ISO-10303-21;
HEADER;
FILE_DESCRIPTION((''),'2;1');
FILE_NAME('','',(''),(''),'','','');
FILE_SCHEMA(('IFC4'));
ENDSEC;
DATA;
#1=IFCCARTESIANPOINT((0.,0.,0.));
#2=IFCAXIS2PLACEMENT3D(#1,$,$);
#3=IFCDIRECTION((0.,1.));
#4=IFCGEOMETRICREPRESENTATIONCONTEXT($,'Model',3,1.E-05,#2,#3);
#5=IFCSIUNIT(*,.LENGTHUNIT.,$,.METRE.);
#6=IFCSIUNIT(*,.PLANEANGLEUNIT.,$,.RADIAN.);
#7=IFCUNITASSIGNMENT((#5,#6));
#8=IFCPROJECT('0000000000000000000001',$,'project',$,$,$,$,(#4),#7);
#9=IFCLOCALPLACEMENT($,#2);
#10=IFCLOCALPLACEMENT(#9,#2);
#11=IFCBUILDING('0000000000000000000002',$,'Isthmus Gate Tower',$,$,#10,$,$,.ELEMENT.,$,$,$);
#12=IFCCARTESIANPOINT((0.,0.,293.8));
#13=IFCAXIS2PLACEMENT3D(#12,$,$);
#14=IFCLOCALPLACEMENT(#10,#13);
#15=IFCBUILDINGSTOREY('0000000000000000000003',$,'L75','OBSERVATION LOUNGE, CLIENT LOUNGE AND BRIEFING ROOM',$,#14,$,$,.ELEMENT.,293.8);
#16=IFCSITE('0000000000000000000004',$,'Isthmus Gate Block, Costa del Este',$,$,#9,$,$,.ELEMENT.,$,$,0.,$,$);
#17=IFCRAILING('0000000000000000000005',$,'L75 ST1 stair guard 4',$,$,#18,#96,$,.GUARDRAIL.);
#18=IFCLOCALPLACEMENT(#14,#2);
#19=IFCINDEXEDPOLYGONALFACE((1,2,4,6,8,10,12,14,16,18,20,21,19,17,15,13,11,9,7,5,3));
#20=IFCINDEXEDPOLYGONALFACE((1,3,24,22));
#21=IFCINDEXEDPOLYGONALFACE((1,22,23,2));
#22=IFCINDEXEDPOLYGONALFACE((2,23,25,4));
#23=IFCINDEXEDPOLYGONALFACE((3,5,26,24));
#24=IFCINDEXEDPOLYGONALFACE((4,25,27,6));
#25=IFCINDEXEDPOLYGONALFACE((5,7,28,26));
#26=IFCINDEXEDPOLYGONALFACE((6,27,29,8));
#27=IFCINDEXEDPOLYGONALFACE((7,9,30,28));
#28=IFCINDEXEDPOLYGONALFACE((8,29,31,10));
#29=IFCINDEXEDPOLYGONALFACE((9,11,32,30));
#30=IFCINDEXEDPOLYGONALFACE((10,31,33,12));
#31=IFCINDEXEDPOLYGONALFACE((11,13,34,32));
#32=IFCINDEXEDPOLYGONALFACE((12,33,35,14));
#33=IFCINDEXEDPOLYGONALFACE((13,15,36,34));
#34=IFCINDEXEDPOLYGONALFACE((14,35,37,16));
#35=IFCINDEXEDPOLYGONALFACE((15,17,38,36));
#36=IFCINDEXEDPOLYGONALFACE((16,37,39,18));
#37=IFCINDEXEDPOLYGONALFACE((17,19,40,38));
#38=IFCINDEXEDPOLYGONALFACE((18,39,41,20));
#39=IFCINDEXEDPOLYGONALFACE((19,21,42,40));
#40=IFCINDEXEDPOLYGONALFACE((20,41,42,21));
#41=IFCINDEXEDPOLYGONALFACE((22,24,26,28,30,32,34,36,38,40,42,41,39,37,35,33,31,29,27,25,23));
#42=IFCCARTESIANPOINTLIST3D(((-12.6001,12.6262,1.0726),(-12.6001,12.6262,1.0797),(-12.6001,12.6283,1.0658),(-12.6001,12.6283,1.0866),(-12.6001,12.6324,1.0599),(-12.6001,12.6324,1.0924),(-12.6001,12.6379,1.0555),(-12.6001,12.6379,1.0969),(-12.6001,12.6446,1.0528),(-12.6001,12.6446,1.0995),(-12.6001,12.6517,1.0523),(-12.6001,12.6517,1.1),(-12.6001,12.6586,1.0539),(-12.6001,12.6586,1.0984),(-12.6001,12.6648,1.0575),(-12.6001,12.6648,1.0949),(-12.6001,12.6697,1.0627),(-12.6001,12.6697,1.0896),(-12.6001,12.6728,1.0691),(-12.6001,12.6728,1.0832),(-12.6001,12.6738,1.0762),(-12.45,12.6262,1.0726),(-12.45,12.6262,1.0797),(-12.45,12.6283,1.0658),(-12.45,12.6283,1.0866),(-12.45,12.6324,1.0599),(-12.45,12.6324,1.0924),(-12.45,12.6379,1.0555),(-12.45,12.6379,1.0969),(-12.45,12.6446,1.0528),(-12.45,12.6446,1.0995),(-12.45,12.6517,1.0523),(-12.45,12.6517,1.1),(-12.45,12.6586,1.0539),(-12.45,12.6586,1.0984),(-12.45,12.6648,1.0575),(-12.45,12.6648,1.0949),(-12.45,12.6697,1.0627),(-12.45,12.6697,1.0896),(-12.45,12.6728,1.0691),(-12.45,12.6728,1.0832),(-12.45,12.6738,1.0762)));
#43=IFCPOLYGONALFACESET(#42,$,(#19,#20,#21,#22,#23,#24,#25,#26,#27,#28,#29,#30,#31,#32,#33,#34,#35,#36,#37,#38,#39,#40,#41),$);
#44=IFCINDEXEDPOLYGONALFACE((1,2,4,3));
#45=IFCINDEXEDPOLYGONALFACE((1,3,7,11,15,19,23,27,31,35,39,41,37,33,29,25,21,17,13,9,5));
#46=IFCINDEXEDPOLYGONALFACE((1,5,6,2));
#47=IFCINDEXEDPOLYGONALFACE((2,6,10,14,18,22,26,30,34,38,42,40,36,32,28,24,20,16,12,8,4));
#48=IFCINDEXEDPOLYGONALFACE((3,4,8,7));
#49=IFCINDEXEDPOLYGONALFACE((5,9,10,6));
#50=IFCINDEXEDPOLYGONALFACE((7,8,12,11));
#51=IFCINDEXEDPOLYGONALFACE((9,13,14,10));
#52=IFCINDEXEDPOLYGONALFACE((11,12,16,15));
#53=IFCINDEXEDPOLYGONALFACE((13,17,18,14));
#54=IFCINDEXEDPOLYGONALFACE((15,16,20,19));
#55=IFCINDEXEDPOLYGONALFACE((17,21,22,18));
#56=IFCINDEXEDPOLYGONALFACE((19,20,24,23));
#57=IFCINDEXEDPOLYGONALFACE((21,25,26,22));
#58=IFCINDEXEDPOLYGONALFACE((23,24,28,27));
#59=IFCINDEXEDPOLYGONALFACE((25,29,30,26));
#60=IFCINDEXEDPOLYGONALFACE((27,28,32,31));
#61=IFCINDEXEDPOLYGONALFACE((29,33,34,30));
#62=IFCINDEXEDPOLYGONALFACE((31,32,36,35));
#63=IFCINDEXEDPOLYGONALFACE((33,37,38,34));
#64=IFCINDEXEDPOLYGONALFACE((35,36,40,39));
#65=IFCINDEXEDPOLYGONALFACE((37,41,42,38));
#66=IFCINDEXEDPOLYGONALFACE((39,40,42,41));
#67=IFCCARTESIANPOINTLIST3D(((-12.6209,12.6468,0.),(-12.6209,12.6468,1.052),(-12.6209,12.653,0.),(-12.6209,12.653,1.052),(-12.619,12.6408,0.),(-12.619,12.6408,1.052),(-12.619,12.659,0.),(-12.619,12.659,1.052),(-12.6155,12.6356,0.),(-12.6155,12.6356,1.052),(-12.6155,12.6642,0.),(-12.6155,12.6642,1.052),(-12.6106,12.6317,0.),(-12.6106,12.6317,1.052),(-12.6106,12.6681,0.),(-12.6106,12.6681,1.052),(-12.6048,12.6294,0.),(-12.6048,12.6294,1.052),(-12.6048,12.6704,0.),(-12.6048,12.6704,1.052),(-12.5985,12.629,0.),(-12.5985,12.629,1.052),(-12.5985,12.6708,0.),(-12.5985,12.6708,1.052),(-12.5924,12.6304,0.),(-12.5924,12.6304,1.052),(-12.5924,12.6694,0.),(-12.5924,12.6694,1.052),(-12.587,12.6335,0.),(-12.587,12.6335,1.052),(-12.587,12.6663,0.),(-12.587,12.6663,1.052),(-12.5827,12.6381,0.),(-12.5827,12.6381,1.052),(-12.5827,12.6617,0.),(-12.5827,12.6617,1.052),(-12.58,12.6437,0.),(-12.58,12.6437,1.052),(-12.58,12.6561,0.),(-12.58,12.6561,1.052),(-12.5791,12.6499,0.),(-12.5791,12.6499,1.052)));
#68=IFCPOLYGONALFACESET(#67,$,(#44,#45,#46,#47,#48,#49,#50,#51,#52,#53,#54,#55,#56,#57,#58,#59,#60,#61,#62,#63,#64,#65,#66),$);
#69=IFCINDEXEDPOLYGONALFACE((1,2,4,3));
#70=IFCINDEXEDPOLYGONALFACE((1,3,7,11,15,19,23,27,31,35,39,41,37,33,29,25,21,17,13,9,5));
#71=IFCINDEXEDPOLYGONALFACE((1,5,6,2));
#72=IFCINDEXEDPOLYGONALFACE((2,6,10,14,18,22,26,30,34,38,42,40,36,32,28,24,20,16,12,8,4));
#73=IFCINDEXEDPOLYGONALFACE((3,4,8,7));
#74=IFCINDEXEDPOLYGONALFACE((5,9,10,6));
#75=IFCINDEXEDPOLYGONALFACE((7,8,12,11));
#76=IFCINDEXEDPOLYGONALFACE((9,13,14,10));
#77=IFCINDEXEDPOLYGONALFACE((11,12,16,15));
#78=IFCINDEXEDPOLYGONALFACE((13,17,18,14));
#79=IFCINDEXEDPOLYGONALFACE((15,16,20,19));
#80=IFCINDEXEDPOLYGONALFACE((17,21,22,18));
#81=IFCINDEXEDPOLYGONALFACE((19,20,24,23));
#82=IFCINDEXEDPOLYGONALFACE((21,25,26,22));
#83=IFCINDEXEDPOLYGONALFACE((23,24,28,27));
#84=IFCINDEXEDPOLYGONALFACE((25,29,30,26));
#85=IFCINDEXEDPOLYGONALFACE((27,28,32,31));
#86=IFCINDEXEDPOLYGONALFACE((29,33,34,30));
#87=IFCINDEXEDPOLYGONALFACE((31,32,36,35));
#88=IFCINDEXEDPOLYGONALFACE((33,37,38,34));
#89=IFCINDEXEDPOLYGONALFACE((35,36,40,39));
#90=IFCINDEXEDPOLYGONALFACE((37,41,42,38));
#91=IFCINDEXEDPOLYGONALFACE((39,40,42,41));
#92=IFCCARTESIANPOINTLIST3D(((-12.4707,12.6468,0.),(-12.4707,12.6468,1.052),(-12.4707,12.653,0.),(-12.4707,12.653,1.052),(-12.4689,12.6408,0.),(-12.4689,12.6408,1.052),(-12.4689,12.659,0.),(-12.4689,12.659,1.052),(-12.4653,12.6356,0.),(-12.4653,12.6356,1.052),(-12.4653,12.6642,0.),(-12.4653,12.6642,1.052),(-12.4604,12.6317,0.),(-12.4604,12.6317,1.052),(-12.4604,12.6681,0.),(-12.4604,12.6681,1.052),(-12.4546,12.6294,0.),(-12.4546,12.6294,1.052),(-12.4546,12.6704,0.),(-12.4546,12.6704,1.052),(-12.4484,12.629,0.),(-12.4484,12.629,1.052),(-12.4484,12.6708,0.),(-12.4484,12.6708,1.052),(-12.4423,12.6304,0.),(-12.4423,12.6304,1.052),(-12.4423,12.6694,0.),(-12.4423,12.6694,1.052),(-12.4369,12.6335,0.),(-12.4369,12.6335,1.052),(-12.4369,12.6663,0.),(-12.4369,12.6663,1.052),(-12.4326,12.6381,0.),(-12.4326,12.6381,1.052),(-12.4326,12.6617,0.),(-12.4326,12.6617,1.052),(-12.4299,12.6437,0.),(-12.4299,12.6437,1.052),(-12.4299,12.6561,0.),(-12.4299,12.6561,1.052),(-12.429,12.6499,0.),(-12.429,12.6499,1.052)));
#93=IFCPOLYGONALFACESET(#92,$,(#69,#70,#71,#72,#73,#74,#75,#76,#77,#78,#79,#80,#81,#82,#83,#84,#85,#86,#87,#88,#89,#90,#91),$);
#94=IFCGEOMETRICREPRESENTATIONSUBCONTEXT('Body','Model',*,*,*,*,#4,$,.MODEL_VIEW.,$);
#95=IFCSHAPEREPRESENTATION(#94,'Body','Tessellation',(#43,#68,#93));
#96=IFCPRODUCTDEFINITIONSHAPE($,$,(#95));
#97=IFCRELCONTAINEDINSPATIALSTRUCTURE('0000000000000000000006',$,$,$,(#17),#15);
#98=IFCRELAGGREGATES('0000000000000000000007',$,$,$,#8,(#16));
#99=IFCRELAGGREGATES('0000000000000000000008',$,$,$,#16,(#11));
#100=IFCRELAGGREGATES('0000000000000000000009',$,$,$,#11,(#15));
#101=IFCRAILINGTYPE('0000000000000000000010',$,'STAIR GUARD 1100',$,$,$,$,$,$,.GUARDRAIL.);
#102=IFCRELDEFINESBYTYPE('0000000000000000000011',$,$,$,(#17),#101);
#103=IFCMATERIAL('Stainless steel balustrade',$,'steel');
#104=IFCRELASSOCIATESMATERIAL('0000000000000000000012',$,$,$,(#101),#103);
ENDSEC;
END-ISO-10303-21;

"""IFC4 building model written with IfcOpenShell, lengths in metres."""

from ifc_helpers import new_model, si_unit, direction, frame, origin, origin_2d, place, context, subcontext, project, spatial, circle, extrude, material, type_object, element, save


model = new_model("IFC4")

# Units and contexts
model_context = context("Model", 3, precision=1e-05, world=origin(), true_north=direction((0.0, 1.0)))
body_context = subcontext(model_context, "Body", "Model", "MODEL_VIEW")
ifc_project = project(units=[si_unit("LENGTHUNIT", "METRE"), si_unit("PLANEANGLEUNIT", "RADIAN")], contexts=[model_context])

# Site, building, storey
site_placement = place(None, origin())
site = spatial("IfcSite", under=ifc_project, at=site_placement, Name="Isthmus Gate Block, Costa del Este", CompositionType="ELEMENT", RefElevation=0.0)
building_placement = place(site_placement, origin())
building = spatial("IfcBuilding", under=site, at=building_placement, Name="Isthmus Gate Tower", CompositionType="ELEMENT")
storey_placement = place(building_placement, frame((0.0, 0.0, 293.8)))
storey = spatial("IfcBuildingStorey", under=building, at=storey_placement, Name="L75", Description="OBSERVATION LOUNGE, CLIENT LOUNGE AND BRIEFING ROOM", CompositionType="ELEMENT", Elevation=293.8)

# Railing
ifc_material_1 = material(Name="Stainless steel balustrade", Category="steel")
railing_type_1 = type_object("IfcRailingType", Name="STAIR GUARD 1100", PredefinedType="GUARDRAIL", material=ifc_material_1)
railing_1_placement = place(storey_placement, frame((-12.6001, 12.6499, 0.0)))
element("IfcRailing", 1, at=railing_1_placement, inside=storey, type_object=railing_type_1, Name="L75 ST1 stair guard 4", PredefinedType="GUARDRAIL", context=body_context, shape_type="SweptSolid", body=[
    extrude(circle(Radius=0.0239, at=origin_2d()), frame((0.0, 0.0, 1.0762), z_axis=(1.0, 0.0, 0.0), x_axis=(0.0, 1.0, 0.0)), (0.0, 0.0, 1.0), 0.1501),
    extrude(circle(Radius=0.021, at=origin_2d()), origin(), (0.0, 0.0, 1.0), 1.052),
    extrude(circle(Radius=0.021, at=origin_2d()), frame((0.1501, 0.0, 0.0)), (0.0, 0.0, 1.0), 1.052),
])

save(model, "model.ifc")
